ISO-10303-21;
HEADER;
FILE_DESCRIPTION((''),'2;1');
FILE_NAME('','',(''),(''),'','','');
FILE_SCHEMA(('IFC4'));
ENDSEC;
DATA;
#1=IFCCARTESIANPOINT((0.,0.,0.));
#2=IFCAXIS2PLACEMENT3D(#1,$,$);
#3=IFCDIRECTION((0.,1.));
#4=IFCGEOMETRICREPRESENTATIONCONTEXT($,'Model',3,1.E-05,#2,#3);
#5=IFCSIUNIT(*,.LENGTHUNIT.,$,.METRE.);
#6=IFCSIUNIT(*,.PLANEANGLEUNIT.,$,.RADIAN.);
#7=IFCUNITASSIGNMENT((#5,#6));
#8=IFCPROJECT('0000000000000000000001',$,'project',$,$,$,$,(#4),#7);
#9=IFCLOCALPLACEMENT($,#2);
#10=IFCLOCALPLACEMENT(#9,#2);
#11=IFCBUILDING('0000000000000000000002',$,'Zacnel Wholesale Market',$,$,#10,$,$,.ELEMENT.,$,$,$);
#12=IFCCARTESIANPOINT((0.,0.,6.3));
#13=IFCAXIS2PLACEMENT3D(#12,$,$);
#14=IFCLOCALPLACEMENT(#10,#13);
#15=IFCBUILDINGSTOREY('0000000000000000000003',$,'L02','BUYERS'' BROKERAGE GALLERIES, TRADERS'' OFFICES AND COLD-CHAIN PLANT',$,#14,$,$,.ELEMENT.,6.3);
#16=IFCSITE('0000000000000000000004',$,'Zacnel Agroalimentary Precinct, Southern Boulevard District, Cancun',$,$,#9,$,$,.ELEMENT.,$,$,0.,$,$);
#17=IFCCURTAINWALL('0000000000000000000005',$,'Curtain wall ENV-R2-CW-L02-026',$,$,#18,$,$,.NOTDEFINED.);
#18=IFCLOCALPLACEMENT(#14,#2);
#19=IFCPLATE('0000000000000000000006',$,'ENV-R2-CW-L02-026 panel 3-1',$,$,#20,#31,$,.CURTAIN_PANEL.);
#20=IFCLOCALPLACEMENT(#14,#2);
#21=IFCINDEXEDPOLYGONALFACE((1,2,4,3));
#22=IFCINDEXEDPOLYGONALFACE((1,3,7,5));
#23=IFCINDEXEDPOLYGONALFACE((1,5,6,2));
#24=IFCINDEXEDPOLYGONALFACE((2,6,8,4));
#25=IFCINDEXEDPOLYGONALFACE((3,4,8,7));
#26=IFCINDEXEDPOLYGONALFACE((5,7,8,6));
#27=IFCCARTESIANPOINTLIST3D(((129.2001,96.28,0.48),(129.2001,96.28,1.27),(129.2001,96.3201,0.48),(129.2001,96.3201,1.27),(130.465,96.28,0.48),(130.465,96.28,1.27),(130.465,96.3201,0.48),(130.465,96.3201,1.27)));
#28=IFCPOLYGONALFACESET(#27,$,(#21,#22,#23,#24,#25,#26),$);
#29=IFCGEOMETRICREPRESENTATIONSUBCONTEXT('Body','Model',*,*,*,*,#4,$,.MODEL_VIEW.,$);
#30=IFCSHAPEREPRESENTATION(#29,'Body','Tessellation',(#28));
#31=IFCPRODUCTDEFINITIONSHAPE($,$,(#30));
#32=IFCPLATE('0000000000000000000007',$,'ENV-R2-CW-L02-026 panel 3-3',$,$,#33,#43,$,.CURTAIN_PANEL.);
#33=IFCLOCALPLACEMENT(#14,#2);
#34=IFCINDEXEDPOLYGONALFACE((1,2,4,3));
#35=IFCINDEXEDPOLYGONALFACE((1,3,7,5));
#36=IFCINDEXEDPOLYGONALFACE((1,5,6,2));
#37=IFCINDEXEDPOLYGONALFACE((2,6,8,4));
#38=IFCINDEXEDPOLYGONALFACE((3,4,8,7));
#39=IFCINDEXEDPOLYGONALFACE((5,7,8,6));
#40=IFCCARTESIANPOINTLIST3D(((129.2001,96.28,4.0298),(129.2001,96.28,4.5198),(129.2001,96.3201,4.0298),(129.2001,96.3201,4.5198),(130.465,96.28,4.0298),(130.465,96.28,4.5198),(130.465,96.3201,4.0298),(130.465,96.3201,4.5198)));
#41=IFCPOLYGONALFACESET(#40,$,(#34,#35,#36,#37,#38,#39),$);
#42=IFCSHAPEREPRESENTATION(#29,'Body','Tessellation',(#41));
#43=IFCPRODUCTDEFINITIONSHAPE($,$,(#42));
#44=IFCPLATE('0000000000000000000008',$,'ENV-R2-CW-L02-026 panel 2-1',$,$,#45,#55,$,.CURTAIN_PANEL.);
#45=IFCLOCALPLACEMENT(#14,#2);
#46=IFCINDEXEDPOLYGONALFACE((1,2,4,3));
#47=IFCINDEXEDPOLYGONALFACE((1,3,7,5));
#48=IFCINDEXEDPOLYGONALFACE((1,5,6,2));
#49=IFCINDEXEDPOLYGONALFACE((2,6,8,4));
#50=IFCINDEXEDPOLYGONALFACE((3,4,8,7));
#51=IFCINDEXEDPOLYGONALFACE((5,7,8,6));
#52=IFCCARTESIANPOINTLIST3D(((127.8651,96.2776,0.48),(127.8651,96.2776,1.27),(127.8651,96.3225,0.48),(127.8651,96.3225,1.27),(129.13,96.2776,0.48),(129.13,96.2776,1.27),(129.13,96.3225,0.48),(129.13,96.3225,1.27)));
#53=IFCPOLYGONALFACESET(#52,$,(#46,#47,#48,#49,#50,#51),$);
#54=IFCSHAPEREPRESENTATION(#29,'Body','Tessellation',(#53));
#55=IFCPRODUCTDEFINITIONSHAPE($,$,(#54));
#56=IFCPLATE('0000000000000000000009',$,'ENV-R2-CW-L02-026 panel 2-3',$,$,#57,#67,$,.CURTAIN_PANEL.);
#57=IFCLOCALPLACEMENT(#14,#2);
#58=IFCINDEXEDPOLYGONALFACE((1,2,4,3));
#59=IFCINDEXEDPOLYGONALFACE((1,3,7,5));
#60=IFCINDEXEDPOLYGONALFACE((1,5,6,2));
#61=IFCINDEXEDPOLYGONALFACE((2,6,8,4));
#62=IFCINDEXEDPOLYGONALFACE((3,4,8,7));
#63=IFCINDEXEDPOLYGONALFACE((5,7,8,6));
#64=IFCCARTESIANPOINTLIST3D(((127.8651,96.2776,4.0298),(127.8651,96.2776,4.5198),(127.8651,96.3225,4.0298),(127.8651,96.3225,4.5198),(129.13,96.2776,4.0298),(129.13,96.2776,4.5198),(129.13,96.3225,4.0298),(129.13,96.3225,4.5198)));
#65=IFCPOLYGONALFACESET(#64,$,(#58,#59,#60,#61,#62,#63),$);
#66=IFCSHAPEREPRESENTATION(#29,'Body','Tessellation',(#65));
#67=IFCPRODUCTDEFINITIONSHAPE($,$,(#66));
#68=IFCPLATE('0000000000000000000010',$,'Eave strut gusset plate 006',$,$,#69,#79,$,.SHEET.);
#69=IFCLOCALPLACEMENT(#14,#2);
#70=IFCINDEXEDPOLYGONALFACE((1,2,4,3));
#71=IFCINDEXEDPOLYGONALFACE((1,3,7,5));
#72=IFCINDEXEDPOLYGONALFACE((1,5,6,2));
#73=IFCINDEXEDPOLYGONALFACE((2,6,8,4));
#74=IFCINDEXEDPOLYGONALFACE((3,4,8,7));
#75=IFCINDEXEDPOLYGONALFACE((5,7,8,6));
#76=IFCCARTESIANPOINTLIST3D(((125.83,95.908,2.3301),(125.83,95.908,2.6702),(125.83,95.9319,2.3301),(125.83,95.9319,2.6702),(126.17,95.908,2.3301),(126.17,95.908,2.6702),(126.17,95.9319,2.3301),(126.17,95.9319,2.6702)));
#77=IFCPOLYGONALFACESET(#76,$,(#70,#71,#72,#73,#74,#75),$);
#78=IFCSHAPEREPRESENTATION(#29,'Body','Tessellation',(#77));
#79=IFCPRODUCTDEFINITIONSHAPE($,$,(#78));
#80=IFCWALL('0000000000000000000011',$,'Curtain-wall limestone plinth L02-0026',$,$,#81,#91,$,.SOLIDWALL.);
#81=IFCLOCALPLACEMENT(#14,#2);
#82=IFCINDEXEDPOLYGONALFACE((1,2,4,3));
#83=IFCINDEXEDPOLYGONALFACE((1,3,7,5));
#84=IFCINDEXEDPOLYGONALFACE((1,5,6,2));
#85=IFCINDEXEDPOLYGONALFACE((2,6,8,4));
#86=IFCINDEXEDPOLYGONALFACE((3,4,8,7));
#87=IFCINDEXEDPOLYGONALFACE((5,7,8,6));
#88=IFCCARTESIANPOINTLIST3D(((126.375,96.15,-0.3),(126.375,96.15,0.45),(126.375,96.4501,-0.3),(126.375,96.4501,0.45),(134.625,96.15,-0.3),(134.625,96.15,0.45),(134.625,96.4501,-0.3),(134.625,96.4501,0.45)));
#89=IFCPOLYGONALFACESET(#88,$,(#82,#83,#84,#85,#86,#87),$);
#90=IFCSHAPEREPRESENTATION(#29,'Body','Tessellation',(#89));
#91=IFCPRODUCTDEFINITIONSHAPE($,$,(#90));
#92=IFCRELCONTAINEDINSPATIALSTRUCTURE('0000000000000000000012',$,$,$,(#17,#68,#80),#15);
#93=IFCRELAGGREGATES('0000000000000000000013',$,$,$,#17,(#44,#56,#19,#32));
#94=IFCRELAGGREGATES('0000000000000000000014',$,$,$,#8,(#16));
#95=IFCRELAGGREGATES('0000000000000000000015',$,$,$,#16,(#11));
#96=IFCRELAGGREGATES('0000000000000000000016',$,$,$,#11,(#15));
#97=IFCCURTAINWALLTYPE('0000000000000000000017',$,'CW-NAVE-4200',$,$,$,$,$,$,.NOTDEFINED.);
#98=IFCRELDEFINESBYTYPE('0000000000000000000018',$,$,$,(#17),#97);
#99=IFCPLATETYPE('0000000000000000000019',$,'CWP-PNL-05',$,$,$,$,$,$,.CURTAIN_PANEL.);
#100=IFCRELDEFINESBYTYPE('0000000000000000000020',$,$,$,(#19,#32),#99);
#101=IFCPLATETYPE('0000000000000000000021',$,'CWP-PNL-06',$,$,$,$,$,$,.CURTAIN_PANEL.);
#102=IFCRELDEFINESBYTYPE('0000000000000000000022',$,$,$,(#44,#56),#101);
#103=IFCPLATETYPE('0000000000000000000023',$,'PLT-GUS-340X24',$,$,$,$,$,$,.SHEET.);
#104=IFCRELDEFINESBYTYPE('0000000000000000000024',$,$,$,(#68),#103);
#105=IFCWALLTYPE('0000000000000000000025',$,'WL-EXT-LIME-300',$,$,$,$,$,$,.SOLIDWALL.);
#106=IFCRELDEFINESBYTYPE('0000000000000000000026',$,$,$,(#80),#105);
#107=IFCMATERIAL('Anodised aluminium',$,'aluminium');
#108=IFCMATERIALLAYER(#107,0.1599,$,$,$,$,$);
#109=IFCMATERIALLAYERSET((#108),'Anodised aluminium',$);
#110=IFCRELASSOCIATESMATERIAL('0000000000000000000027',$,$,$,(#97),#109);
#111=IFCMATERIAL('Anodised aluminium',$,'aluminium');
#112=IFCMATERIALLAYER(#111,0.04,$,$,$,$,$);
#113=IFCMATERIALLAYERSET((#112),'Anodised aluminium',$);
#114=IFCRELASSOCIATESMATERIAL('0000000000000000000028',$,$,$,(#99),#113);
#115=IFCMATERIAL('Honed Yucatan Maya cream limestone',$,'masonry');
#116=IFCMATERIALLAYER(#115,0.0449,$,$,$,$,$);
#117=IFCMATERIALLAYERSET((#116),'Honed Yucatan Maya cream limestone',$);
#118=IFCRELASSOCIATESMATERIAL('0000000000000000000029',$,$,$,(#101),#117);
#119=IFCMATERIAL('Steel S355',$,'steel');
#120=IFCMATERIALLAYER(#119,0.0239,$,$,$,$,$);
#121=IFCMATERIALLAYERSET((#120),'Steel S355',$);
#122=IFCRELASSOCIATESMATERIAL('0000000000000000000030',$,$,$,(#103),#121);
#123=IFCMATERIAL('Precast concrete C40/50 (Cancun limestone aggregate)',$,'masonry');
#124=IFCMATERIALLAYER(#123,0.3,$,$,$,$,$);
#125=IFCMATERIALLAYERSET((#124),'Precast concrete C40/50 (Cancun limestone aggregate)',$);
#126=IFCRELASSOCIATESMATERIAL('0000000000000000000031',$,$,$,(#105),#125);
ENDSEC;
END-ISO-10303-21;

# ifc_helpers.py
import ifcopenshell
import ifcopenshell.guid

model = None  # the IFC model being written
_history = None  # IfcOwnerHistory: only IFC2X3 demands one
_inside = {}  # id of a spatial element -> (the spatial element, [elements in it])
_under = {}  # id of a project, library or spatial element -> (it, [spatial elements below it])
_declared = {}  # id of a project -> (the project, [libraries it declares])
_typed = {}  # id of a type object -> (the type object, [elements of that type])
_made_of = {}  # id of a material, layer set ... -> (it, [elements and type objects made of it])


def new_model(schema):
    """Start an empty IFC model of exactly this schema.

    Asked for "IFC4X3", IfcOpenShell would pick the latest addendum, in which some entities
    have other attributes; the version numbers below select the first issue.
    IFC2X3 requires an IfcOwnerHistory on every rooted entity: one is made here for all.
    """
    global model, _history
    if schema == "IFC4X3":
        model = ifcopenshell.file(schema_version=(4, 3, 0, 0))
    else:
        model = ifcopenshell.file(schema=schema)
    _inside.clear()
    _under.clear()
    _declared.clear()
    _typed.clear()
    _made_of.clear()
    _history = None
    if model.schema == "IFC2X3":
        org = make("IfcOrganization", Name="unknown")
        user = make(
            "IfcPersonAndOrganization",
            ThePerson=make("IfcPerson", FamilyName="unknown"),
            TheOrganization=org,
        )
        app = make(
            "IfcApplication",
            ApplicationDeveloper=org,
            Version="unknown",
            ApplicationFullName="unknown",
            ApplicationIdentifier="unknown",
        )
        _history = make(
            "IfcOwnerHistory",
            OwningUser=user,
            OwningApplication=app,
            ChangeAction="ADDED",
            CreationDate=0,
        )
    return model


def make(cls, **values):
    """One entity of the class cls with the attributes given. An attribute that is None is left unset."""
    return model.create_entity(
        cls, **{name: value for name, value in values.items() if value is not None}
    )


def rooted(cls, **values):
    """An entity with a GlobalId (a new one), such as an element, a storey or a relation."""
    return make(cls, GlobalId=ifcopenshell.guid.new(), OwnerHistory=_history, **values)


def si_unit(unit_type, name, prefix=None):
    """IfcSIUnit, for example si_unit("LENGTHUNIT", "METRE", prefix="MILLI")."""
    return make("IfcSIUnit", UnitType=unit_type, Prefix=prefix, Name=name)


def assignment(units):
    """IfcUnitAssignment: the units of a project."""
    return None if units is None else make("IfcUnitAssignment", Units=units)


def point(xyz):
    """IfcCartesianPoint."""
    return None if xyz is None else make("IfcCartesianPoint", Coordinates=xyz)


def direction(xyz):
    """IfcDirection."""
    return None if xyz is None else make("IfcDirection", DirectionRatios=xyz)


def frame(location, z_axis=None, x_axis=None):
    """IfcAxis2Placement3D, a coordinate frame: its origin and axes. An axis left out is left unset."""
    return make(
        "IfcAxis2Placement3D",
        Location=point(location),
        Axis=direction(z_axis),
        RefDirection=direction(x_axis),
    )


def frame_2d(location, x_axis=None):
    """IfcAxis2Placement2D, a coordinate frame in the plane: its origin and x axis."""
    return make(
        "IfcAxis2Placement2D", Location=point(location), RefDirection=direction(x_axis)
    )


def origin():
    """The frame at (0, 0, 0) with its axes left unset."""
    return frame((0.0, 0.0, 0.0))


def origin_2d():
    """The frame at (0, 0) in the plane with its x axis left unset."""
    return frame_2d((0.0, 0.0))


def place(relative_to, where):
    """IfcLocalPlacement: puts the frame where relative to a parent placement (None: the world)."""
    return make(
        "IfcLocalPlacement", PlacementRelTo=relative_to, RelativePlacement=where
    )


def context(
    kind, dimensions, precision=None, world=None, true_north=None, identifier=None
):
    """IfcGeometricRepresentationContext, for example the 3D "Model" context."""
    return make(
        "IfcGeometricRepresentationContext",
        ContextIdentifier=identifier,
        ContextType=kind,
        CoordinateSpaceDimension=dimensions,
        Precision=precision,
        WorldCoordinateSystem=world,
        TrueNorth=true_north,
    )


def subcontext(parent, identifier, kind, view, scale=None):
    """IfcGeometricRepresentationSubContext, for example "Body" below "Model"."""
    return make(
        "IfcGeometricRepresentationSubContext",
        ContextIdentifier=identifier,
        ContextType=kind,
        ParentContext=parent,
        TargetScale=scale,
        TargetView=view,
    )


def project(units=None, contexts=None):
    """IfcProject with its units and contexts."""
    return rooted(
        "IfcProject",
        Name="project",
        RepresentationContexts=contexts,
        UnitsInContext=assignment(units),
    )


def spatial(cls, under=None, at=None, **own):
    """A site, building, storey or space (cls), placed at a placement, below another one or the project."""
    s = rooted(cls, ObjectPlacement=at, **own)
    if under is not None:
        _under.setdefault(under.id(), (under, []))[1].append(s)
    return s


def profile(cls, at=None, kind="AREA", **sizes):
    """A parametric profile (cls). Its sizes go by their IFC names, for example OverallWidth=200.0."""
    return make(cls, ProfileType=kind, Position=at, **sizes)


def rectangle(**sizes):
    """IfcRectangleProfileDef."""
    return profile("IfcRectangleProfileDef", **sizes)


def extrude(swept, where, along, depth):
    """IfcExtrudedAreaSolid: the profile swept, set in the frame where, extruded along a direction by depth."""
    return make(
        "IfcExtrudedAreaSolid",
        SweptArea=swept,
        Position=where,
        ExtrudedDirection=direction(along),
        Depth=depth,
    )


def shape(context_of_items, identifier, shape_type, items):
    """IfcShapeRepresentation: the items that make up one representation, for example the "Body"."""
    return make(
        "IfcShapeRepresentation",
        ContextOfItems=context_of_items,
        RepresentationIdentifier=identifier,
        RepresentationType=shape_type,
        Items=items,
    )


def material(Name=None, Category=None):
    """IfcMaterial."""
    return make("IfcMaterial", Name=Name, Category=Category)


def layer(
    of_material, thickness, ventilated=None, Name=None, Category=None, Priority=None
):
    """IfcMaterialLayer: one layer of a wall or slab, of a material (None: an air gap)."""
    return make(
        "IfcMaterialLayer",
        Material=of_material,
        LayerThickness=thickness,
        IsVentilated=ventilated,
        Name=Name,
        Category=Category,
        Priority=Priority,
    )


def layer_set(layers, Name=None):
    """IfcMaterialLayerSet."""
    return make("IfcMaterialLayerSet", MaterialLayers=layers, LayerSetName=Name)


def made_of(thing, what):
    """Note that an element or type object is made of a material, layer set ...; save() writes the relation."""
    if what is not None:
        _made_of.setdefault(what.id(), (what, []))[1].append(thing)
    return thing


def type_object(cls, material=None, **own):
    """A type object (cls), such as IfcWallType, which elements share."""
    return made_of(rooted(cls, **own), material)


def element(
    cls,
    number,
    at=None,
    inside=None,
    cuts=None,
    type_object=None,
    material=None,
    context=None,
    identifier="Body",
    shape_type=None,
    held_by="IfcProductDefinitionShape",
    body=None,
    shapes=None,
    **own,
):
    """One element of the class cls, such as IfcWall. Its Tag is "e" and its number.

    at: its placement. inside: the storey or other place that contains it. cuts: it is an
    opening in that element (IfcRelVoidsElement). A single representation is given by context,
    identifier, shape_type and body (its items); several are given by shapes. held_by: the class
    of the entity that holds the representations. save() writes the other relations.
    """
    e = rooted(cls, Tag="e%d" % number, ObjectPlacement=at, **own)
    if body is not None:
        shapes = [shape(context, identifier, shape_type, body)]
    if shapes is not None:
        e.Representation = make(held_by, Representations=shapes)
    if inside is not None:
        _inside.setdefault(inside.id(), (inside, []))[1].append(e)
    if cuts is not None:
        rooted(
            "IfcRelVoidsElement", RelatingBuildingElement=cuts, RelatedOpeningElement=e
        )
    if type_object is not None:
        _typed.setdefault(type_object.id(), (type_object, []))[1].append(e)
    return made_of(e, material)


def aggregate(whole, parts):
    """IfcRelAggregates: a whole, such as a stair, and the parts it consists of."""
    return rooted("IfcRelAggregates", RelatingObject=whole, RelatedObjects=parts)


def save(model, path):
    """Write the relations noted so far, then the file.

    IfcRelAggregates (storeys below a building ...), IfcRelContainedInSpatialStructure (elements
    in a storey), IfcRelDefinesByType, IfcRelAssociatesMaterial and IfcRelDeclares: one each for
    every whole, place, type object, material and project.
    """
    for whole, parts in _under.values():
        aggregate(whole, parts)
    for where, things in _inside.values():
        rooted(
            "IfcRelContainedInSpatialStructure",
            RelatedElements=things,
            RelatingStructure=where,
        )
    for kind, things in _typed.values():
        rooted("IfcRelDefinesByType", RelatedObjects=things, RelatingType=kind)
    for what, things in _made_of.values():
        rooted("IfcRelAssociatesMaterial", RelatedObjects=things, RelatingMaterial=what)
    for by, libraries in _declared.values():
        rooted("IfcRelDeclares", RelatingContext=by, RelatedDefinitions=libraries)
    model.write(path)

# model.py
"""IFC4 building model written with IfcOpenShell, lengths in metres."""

from ifc_helpers import new_model, si_unit, direction, frame, frame_2d, origin, origin_2d, place, context, subcontext, project, spatial, rectangle, extrude, material, layer, layer_set, type_object, element, aggregate, save


model = new_model("IFC4")

# Units and contexts
model_context = context("Model", 3, precision=1e-05, world=origin(), true_north=direction((0.0, 1.0)))
body_context = subcontext(model_context, "Body", "Model", "MODEL_VIEW")
ifc_project = project(units=[si_unit("LENGTHUNIT", "METRE"), si_unit("PLANEANGLEUNIT", "RADIAN")], contexts=[model_context])

# Site, building, storey
site_placement = place(None, origin())
site = spatial("IfcSite", under=ifc_project, at=site_placement, Name="Zacnel Agroalimentary Precinct, Southern Boulevard District, Cancun", CompositionType="ELEMENT", RefElevation=0.0)
building_placement = place(site_placement, origin())
building = spatial("IfcBuilding", under=site, at=building_placement, Name="Zacnel Wholesale Market", CompositionType="ELEMENT")
storey_placement = place(building_placement, frame((0.0, 0.0, 6.3)))
storey = spatial("IfcBuildingStorey", under=building, at=storey_placement, Name="L02", Description="BUYERS' BROKERAGE GALLERIES, TRADERS' OFFICES AND COLD-CHAIN PLANT", CompositionType="ELEMENT", Elevation=6.3)

# Curtain wall
ifc_material_1 = material(Name="Anodised aluminium", Category="aluminium")
ifc_layer_1 = layer(ifc_material_1, 0.1599)
ifc_layer_set_1 = layer_set([ifc_layer_1], Name="Anodised aluminium")
curtain_wall_type = type_object("IfcCurtainWallType", Name="CW-NAVE-4200", PredefinedType="NOTDEFINED", material=ifc_layer_set_1)
curtain_wall_placement = place(storey_placement, origin())
curtain_wall = element("IfcCurtainWall", 1, at=curtain_wall_placement, inside=storey, type_object=curtain_wall_type, Name="Curtain wall ENV-R2-CW-L02-026", PredefinedType="NOTDEFINED")

# Plates
ifc_material_2 = material(Name="Anodised aluminium", Category="aluminium")
ifc_layer_2 = layer(ifc_material_2, 0.04)
ifc_layer_set_2 = layer_set([ifc_layer_2], Name="Anodised aluminium")
plate_type_1 = type_object("IfcPlateType", Name="CWP-PNL-05", PredefinedType="CURTAIN_PANEL", material=ifc_layer_set_2)
plate_1_placement = place(storey_placement, frame((129.8325, 96.3, 0.48), z_axis=(0.0, 0.0, 1.0), x_axis=(1.0, 0.0, 0.0)))
plate_1 = element("IfcPlate", 2, at=plate_1_placement, type_object=plate_type_1, Name="ENV-R2-CW-L02-026 panel 3-1", PredefinedType="CURTAIN_PANEL", context=body_context, shape_type="SweptSolid", body=[
    extrude(rectangle(XDim=1.2649, YDim=0.04, at=origin_2d()), origin(), (0.0, 0.0, 1.0), 0.79),
])
plate_2_placement = place(storey_placement, frame((129.8325, 96.3, 4.0298), z_axis=(0.0, 0.0, 1.0), x_axis=(1.0, 0.0, 0.0)))
plate_2 = element("IfcPlate", 3, at=plate_2_placement, type_object=plate_type_1, Name="ENV-R2-CW-L02-026 panel 3-3", PredefinedType="CURTAIN_PANEL", context=body_context, shape_type="SweptSolid", body=[
    extrude(rectangle(XDim=1.2649, YDim=0.04, at=origin_2d()), origin(), (0.0, 0.0, 1.0), 0.49),
])
ifc_material_3 = material(Name="Honed Yucatan Maya cream limestone", Category="masonry")
ifc_layer_3 = layer(ifc_material_3, 0.0449)
ifc_layer_set_3 = layer_set([ifc_layer_3], Name="Honed Yucatan Maya cream limestone")
plate_type_2 = type_object("IfcPlateType", Name="CWP-PNL-06", PredefinedType="CURTAIN_PANEL", material=ifc_layer_set_3)
plate_3_placement = place(storey_placement, frame((128.4976, 96.3, 0.48), z_axis=(0.0, 0.0, 1.0), x_axis=(1.0, 0.0, 0.0)))
plate_3 = element("IfcPlate", 4, at=plate_3_placement, type_object=plate_type_2, Name="ENV-R2-CW-L02-026 panel 2-1", PredefinedType="CURTAIN_PANEL", context=body_context, shape_type="SweptSolid", body=[
    extrude(rectangle(XDim=1.2649, YDim=0.0449, at=origin_2d()), origin(), (0.0, 0.0, 1.0), 0.79),
])
plate_4_placement = place(storey_placement, frame((128.4976, 96.3, 4.0298), z_axis=(0.0, 0.0, 1.0), x_axis=(1.0, 0.0, 0.0)))
plate_4 = element("IfcPlate", 5, at=plate_4_placement, type_object=plate_type_2, Name="ENV-R2-CW-L02-026 panel 2-3", PredefinedType="CURTAIN_PANEL", context=body_context, shape_type="SweptSolid", body=[
    extrude(rectangle(XDim=1.2649, YDim=0.0449, at=origin_2d()), origin(), (0.0, 0.0, 1.0), 0.49),
])
aggregate(curtain_wall, [plate_3, plate_4, plate_1, plate_2])
ifc_material_4 = material(Name="Steel S355", Category="steel")
ifc_layer_4 = layer(ifc_material_4, 0.0239)
ifc_layer_set_4 = layer_set([ifc_layer_4], Name="Steel S355")
plate_type_3 = type_object("IfcPlateType", Name="PLT-GUS-340X24", PredefinedType="SHEET", material=ifc_layer_set_4)
plate_5_placement = place(storey_placement, frame((126.0, 95.9199, 2.3301), z_axis=(0.0, 0.0, 1.0), x_axis=(1.0, 0.0, 0.0)))
element("IfcPlate", 6, at=plate_5_placement, inside=storey, type_object=plate_type_3, Name="Eave strut gusset plate 006", PredefinedType="SHEET", context=body_context, shape_type="SweptSolid", body=[
    extrude(rectangle(XDim=0.3401, YDim=0.0239, at=origin_2d()), origin(), (0.0, 0.0, 1.0), 0.3401),
])

# Wall
ifc_material_5 = material(Name="Precast concrete C40/50 (Cancun limestone aggregate)", Category="masonry")
ifc_layer_5 = layer(ifc_material_5, 0.3)
ifc_layer_set_5 = layer_set([ifc_layer_5], Name="Precast concrete C40/50 (Cancun limestone aggregate)")
wall_type = type_object("IfcWallType", Name="WL-EXT-LIME-300", PredefinedType="SOLIDWALL", material=ifc_layer_set_5)
wall_placement = place(storey_placement, frame((126.375, 96.3, -0.3), z_axis=(0.0, 0.0, 1.0), x_axis=(1.0, 0.0, 0.0)))
element("IfcWall", 7, at=wall_placement, inside=storey, type_object=wall_type, Name="Curtain-wall limestone plinth L02-0026", PredefinedType="SOLIDWALL", context=body_context, shape_type="SweptSolid", body=[
    extrude(rectangle(XDim=8.25, YDim=0.3, at=frame_2d((4.125, 0.0))), origin(), (0.0, 0.0, 1.0), 0.75),
])

save(model, "model.ifc")
